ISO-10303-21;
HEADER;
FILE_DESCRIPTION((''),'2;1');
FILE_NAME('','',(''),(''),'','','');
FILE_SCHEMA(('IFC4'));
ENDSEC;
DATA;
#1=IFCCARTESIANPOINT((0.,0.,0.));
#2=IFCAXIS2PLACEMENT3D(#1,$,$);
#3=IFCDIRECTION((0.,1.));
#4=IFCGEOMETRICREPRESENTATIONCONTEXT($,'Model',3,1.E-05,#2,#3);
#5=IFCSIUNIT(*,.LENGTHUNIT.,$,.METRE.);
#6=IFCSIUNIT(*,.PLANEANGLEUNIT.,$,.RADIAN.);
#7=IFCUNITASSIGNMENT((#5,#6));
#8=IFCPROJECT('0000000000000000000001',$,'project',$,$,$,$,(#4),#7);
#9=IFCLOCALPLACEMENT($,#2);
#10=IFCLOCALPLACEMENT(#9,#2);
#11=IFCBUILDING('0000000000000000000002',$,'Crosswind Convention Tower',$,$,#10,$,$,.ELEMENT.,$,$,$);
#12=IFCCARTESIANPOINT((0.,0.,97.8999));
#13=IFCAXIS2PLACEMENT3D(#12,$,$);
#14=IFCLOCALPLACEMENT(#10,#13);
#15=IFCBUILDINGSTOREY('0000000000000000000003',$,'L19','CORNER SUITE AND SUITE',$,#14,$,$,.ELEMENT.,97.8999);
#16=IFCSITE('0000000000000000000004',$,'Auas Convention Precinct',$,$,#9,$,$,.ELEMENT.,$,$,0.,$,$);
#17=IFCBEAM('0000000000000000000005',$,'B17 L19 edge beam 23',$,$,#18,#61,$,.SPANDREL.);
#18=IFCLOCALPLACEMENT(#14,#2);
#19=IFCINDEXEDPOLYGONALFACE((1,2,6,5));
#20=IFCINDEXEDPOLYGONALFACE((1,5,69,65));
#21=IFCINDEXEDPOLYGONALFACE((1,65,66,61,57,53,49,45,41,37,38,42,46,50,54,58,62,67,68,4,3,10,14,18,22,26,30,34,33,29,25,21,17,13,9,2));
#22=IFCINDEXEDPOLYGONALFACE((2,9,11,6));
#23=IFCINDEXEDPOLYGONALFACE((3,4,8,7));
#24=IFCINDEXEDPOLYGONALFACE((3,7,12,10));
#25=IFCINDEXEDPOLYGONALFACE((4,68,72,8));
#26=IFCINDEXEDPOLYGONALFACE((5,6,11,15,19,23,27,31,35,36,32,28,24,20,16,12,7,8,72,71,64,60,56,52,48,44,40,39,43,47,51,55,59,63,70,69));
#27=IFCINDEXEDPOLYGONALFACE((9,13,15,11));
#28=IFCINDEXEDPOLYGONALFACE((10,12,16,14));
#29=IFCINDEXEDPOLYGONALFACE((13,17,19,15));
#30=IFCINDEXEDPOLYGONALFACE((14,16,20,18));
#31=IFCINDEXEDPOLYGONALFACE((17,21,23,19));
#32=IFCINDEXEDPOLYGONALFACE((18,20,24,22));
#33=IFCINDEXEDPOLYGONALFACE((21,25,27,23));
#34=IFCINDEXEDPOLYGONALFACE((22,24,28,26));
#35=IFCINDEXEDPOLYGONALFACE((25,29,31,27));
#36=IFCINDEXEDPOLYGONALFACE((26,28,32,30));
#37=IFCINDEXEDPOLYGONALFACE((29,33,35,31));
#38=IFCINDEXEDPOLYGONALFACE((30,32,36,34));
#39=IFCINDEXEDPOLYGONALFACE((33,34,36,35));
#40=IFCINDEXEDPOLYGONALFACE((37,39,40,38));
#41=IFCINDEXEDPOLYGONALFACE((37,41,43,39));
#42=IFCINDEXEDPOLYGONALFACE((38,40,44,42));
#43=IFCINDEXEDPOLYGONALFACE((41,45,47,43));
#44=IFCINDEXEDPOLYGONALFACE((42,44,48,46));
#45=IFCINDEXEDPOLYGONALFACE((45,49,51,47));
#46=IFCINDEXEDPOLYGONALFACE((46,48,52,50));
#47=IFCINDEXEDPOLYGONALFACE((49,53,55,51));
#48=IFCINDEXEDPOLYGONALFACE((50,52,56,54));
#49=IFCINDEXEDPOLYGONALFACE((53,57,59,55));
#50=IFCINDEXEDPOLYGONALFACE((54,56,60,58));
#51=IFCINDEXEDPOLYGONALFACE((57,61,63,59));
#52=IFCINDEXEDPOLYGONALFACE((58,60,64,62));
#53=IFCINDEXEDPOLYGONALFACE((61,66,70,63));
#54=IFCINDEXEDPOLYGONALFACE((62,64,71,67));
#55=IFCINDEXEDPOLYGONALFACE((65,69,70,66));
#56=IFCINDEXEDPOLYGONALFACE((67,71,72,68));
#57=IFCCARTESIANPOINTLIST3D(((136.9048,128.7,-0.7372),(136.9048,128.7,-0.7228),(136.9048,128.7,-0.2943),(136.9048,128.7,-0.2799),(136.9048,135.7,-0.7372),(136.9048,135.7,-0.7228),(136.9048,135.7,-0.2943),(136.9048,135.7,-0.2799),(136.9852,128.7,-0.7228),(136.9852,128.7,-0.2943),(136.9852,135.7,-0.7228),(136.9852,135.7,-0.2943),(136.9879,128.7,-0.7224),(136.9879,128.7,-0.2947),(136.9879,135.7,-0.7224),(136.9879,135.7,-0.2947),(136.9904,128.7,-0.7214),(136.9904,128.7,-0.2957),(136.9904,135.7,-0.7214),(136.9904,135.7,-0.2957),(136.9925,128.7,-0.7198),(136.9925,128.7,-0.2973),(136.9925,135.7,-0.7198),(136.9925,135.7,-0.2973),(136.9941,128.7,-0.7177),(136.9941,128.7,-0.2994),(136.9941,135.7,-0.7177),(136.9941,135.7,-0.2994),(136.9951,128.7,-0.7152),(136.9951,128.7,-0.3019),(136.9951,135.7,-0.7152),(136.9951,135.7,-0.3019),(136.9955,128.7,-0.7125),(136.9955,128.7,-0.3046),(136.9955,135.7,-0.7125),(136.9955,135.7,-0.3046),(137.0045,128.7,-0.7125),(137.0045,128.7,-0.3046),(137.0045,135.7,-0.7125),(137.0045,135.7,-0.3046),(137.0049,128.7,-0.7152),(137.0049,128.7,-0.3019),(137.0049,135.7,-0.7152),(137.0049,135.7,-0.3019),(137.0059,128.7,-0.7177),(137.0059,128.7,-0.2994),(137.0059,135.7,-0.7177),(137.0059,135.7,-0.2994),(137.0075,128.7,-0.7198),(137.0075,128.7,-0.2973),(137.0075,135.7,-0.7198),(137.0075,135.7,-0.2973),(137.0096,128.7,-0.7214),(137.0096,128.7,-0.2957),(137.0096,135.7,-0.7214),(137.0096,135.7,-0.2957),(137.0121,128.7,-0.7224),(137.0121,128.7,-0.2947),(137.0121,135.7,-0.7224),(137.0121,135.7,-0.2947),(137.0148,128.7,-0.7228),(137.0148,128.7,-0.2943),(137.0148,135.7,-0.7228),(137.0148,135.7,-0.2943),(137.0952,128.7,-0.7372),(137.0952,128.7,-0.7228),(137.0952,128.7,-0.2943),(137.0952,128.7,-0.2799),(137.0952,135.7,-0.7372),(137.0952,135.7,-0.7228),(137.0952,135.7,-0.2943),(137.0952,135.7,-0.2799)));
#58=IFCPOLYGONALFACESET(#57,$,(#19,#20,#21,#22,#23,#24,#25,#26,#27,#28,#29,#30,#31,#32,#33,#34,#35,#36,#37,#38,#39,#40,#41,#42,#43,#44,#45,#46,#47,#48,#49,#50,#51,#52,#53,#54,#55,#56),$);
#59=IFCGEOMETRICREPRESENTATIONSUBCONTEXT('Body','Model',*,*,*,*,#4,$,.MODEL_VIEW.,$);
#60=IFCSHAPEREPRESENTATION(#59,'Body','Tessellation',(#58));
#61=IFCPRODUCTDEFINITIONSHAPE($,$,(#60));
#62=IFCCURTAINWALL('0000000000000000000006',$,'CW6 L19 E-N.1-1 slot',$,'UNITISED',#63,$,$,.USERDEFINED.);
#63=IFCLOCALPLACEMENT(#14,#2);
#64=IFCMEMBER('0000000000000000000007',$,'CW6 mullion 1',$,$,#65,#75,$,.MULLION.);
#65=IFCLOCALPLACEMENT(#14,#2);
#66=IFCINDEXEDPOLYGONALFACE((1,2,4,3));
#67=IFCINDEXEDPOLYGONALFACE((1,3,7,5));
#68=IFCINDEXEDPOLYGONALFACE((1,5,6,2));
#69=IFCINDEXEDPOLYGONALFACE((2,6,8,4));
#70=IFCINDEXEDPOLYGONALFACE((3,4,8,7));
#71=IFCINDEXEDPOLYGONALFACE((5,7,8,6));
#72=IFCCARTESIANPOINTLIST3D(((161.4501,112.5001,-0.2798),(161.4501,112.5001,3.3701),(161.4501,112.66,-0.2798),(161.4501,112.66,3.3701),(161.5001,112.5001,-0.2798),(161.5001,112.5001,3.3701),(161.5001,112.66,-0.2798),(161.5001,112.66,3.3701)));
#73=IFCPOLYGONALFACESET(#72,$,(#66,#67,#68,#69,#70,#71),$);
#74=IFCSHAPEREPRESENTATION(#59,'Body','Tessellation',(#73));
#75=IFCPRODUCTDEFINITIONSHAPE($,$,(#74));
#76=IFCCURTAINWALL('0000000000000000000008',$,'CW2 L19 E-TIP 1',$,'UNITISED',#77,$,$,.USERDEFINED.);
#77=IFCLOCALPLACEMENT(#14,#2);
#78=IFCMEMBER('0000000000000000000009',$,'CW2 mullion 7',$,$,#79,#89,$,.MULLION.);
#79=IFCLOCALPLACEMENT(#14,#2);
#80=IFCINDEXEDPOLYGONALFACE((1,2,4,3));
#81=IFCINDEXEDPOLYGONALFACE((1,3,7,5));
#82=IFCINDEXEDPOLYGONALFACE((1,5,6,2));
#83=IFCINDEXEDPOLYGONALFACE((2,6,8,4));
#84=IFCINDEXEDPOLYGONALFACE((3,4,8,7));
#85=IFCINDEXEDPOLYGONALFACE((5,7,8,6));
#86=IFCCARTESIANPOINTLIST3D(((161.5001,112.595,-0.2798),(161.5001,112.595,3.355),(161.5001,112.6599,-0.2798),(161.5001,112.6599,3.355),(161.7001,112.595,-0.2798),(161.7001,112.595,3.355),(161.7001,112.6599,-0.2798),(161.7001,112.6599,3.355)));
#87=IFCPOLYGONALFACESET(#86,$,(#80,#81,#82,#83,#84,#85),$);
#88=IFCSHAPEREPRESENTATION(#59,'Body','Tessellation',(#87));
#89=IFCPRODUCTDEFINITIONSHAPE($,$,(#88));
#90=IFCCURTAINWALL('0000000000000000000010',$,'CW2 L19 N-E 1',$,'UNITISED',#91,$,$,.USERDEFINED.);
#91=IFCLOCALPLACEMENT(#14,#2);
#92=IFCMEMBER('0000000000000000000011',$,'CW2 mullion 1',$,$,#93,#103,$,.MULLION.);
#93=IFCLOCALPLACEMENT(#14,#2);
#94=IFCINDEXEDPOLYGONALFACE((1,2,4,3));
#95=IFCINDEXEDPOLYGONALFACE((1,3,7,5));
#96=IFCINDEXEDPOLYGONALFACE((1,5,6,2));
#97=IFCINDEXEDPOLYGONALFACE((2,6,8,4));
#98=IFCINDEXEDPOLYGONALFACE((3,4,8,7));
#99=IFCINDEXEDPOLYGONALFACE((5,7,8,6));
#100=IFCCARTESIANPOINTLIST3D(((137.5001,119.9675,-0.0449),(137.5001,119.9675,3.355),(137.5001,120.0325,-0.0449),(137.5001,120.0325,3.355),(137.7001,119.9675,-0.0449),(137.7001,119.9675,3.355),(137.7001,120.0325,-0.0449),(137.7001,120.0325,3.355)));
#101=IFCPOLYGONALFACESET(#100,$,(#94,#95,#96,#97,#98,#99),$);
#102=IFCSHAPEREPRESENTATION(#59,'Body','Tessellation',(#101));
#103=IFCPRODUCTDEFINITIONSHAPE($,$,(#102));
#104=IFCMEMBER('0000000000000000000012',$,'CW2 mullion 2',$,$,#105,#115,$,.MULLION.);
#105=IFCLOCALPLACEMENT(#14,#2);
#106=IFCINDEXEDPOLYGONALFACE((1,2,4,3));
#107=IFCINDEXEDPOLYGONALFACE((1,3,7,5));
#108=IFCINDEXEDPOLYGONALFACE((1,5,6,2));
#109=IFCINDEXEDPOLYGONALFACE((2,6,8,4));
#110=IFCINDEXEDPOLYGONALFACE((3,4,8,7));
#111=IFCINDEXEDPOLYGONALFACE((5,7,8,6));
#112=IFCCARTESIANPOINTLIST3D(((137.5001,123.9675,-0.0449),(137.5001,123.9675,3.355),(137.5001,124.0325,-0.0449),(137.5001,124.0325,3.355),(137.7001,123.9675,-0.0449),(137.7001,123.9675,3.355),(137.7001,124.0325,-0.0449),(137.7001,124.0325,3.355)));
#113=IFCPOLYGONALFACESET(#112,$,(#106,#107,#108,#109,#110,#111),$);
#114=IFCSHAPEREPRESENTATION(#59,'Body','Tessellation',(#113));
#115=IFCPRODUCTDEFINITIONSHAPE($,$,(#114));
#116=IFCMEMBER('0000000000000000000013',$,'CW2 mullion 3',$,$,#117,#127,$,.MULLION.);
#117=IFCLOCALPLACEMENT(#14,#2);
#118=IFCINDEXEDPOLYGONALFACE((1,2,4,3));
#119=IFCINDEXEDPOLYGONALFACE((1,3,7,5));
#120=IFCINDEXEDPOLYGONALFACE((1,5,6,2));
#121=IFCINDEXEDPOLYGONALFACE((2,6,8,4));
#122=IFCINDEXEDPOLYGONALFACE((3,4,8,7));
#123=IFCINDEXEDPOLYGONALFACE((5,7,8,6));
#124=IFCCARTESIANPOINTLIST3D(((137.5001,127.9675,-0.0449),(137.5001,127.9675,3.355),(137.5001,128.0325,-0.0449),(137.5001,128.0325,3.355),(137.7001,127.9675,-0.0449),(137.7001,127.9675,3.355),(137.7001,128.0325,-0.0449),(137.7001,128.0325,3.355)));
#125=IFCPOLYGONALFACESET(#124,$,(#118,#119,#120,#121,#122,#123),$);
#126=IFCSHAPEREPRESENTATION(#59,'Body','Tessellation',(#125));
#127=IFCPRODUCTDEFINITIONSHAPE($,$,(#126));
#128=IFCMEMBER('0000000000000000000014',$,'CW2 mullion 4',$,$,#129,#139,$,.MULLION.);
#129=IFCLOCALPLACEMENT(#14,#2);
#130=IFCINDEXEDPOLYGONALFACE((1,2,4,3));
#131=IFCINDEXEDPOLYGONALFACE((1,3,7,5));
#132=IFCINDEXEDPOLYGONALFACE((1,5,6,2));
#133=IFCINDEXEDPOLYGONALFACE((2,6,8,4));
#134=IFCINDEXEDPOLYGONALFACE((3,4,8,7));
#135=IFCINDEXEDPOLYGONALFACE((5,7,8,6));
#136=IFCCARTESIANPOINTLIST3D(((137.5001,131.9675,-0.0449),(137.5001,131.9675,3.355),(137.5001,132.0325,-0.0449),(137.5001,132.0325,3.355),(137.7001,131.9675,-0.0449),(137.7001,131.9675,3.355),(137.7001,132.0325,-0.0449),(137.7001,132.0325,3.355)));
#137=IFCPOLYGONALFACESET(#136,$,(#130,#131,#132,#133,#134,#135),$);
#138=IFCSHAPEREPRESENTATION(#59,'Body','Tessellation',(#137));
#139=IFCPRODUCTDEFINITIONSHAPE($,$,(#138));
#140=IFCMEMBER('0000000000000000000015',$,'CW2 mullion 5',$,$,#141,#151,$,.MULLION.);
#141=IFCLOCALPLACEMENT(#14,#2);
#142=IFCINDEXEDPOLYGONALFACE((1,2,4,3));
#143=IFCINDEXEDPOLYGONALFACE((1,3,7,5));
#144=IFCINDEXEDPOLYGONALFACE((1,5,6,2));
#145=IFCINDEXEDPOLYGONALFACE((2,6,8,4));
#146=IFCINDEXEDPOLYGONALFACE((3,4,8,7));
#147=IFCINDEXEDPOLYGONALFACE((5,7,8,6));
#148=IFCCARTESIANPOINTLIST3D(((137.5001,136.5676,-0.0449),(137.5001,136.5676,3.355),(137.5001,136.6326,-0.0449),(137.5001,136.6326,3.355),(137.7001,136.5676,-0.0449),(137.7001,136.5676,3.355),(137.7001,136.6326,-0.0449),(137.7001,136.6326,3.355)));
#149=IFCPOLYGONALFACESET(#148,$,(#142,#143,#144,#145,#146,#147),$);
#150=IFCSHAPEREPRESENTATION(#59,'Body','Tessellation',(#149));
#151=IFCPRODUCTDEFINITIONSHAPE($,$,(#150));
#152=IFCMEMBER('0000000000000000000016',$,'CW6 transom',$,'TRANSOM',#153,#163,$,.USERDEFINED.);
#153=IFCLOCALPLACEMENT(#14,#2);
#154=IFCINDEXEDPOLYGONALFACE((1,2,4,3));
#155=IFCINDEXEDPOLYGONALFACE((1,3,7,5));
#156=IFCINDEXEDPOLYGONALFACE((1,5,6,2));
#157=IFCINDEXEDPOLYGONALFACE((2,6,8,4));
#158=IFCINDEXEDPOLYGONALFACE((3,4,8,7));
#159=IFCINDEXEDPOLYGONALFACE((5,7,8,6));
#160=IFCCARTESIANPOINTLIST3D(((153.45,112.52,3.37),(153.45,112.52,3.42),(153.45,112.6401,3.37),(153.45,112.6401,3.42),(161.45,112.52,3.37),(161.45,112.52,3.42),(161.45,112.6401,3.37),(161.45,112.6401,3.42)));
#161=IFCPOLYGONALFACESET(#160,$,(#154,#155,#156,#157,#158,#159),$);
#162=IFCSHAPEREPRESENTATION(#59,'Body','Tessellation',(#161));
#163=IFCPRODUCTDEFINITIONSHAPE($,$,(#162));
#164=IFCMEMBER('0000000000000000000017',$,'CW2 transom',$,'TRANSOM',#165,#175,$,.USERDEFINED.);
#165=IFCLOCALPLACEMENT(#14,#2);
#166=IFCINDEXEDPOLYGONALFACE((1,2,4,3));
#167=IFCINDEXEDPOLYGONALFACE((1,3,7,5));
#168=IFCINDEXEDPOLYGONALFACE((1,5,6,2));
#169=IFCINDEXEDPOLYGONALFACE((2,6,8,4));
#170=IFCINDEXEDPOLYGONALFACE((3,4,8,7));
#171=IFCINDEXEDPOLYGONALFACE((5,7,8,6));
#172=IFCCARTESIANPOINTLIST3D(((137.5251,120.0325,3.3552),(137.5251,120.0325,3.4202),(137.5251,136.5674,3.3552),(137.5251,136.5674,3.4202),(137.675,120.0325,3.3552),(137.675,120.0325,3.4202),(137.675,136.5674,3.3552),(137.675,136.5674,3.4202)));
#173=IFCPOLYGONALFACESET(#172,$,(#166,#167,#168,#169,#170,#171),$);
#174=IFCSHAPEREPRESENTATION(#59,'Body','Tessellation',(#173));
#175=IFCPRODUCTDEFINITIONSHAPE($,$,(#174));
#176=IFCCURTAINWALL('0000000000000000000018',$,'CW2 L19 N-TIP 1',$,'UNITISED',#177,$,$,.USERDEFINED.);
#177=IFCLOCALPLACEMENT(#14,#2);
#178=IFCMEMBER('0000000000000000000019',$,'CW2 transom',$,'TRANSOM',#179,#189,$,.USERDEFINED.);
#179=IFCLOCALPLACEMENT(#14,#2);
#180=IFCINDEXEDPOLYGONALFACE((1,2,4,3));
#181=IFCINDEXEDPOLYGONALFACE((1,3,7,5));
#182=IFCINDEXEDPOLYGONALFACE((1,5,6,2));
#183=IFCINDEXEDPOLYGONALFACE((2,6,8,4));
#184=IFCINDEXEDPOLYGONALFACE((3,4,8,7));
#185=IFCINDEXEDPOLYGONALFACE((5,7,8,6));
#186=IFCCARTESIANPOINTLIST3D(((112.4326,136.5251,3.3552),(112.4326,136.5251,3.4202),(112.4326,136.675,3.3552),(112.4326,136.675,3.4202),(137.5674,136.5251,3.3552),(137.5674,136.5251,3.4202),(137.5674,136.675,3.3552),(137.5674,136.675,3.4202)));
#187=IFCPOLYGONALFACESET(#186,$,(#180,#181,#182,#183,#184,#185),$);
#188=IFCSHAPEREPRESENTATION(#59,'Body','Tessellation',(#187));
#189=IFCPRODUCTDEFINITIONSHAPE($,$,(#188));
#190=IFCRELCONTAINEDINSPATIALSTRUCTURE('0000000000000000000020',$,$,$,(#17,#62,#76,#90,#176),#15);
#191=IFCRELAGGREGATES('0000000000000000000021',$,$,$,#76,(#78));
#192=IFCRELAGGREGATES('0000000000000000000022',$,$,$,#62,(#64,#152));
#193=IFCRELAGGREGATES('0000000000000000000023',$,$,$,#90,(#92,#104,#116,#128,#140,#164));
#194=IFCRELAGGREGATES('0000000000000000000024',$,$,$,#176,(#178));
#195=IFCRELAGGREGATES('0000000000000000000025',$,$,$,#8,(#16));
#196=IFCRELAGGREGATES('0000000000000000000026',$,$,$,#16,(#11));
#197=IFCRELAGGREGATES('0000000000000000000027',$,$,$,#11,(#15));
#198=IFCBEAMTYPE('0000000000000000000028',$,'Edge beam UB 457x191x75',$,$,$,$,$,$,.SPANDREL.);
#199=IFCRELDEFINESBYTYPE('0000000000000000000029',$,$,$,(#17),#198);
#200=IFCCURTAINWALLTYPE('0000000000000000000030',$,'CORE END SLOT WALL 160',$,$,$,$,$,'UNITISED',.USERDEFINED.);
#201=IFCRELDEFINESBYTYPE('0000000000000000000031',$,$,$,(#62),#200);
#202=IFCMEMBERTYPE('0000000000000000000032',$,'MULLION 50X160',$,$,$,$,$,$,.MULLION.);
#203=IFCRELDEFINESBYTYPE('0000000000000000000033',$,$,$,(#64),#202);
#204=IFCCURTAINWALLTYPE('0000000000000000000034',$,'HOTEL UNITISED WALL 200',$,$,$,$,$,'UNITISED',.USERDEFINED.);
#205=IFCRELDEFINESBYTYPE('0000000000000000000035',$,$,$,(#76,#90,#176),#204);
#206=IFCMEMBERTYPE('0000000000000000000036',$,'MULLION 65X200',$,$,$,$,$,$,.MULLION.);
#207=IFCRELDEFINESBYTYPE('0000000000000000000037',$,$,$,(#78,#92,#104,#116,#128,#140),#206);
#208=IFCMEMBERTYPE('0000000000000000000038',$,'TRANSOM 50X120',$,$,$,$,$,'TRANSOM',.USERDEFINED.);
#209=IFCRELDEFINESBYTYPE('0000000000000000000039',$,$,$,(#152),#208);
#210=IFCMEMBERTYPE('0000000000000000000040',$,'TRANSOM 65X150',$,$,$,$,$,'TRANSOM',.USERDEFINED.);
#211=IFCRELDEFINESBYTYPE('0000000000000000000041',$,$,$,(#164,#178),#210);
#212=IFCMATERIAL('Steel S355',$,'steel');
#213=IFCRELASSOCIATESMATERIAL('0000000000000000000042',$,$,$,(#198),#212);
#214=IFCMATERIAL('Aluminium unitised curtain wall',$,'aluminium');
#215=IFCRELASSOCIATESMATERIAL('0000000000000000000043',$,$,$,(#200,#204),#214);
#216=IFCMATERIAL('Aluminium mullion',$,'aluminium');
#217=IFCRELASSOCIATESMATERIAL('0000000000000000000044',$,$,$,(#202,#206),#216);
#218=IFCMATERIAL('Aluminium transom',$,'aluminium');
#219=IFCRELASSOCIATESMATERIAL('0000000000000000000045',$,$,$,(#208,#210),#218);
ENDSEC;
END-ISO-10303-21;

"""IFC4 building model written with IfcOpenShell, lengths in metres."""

from ifc_helpers import new_model, si_unit, direction, frame, origin, origin_2d, place, context, subcontext, project, spatial, rectangle, i_section, extrude, material, material_profile, profile_set, type_object, element, aggregate, save


model = new_model("IFC4")

# Units and contexts
model_context = context("Model", 3, precision=1e-05, world=origin(), true_north=direction((0.0, 1.0)))
body_context = subcontext(model_context, "Body", "Model", "MODEL_VIEW")
ifc_project = project(units=[si_unit("LENGTHUNIT", "METRE"), si_unit("PLANEANGLEUNIT", "RADIAN")], contexts=[model_context])

# Site, building, storey
site_placement = place(None, origin())
site = spatial("IfcSite", under=ifc_project, at=site_placement, Name="Auas Convention Precinct", CompositionType="ELEMENT", RefElevation=0.0)
building_placement = place(site_placement, origin())
building = spatial("IfcBuilding", under=site, at=building_placement, Name="Crosswind Convention Tower", CompositionType="ELEMENT")
storey_placement = place(building_placement, frame((0.0, 0.0, 97.8999)))
storey = spatial("IfcBuildingStorey", under=building, at=storey_placement, Name="L19", Description="CORNER SUITE AND SUITE", CompositionType="ELEMENT", Elevation=97.8999)

# Beam
ifc_material_1 = material(Name="Steel S355", Category="steel")
ifc_material_profile_1 = material_profile(ifc_material_1, i_section(OverallWidth=0.1904, OverallDepth=0.4573, WebThickness=0.009, FlangeThickness=0.0144, FilletRadius=0.0103, at=origin_2d()), Name="UB 457x191x75")
ifc_profile_set_1 = profile_set([ifc_material_profile_1], Name="Steel S355")
beam_type_1 = type_object("IfcBeamType", Name="Edge beam UB 457x191x75", PredefinedType="SPANDREL", material=ifc_profile_set_1)
beam_1_placement = place(storey_placement, frame((137.0, 128.7, -0.5085), z_axis=(0.0, 1.0, 0.0), x_axis=(-1.0, 0.0, 0.0)))
element("IfcBeam", 1, at=beam_1_placement, inside=storey, type_object=beam_type_1, Name="B17 L19 edge beam 23", PredefinedType="SPANDREL", context=body_context, shape_type="SweptSolid", body=[
    extrude(i_section(OverallWidth=0.1904, OverallDepth=0.4573, WebThickness=0.009, FlangeThickness=0.0144, FilletRadius=0.0103, at=origin_2d()), origin(), (0.0, 0.0, 1.0), 7.0),
])

# Curtain walls, members
ifc_material_2 = material(Name="Aluminium unitised curtain wall", Category="aluminium")
curtain_wall_type_1 = type_object("IfcCurtainWallType", Name="CORE END SLOT WALL 160", ElementType="UNITISED", PredefinedType="USERDEFINED", material=ifc_material_2)
curtain_wall_1_placement = place(storey_placement, origin())
curtain_wall_1 = element("IfcCurtainWall", 2, at=curtain_wall_1_placement, inside=storey, type_object=curtain_wall_type_1, Name="CW6 L19 E-N.1-1 slot", ObjectType="UNITISED", PredefinedType="USERDEFINED")
ifc_material_3 = material(Name="Aluminium mullion", Category="aluminium")
ifc_material_profile_2 = material_profile(ifc_material_3, rectangle(XDim=0.1599, YDim=0.05, at=origin_2d()), Name="AL 160X50")
ifc_profile_set_2 = profile_set([ifc_material_profile_2], Name="Aluminium mullion")
member_type_1 = type_object("IfcMemberType", Name="MULLION 50X160", PredefinedType="MULLION", material=ifc_profile_set_2)
member_1_placement = place(storey_placement, frame((161.4751, 112.5801, -0.2798), z_axis=(0.0, 0.0, 1.0), x_axis=(0.0, 1.0, 0.0)))
member_1 = element("IfcMember", 3, at=member_1_placement, type_object=member_type_1, Name="CW6 mullion 1", PredefinedType="MULLION", context=body_context, shape_type="SweptSolid", body=[
    extrude(rectangle(XDim=0.1599, YDim=0.05, at=origin_2d()), origin(), (0.0, 0.0, 1.0), 3.6499),
])
curtain_wall_type_2 = type_object("IfcCurtainWallType", Name="HOTEL UNITISED WALL 200", ElementType="UNITISED", PredefinedType="USERDEFINED", material=ifc_material_2)
curtain_wall_2_placement = place(storey_placement, origin())
curtain_wall_2 = element("IfcCurtainWall", 4, at=curtain_wall_2_placement, inside=storey, type_object=curtain_wall_type_2, Name="CW2 L19 E-TIP 1", ObjectType="UNITISED", PredefinedType="USERDEFINED")
ifc_material_profile_3 = material_profile(ifc_material_3, rectangle(XDim=0.2, YDim=0.0649, at=origin_2d()), Name="AL 200X65")
ifc_profile_set_3 = profile_set([ifc_material_profile_3], Name="Aluminium mullion")
member_type_2 = type_object("IfcMemberType", Name="MULLION 65X200", PredefinedType="MULLION", material=ifc_profile_set_3)
member_2_placement = place(storey_placement, frame((161.6001, 112.6274, -0.2798), z_axis=(0.0, 0.0, 1.0), x_axis=(1.0, 0.0, 0.0)))
member_2 = element("IfcMember", 5, at=member_2_placement, type_object=member_type_2, Name="CW2 mullion 7", PredefinedType="MULLION", context=body_context, shape_type="SweptSolid", body=[
    extrude(rectangle(XDim=0.2, YDim=0.0649, at=origin_2d()), origin(), (0.0, 0.0, 1.0), 3.6348),
])
aggregate(curtain_wall_2, [member_2])

# Curtain wall, members
curtain_wall_3_placement = place(storey_placement, origin())
curtain_wall_3 = element("IfcCurtainWall", 6, at=curtain_wall_3_placement, inside=storey, type_object=curtain_wall_type_2, Name="CW2 L19 N-E 1", ObjectType="UNITISED", PredefinedType="USERDEFINED")
member_3_placement = place(storey_placement, frame((137.6001, 120.0, -0.0449), z_axis=(0.0, 0.0, 1.0), x_axis=(1.0, 0.0, 0.0)))
member_3 = element("IfcMember", 7, at=member_3_placement, type_object=member_type_2, Name="CW2 mullion 1", PredefinedType="MULLION", context=body_context, shape_type="SweptSolid", body=[
    extrude(rectangle(XDim=0.2, YDim=0.0649, at=origin_2d()), origin(), (0.0, 0.0, 1.0), 3.3999),
])
member_4_placement = place(storey_placement, frame((137.6001, 124.0, -0.0449), z_axis=(0.0, 0.0, 1.0), x_axis=(1.0, 0.0, 0.0)))
member_4 = element("IfcMember", 8, at=member_4_placement, type_object=member_type_2, Name="CW2 mullion 2", PredefinedType="MULLION", context=body_context, shape_type="SweptSolid", body=[
    extrude(rectangle(XDim=0.2, YDim=0.0649, at=origin_2d()), origin(), (0.0, 0.0, 1.0), 3.3999),
])
member_5_placement = place(storey_placement, frame((137.6001, 128.0, -0.0449), z_axis=(0.0, 0.0, 1.0), x_axis=(1.0, 0.0, 0.0)))
member_5 = element("IfcMember", 9, at=member_5_placement, type_object=member_type_2, Name="CW2 mullion 3", PredefinedType="MULLION", context=body_context, shape_type="SweptSolid", body=[
    extrude(rectangle(XDim=0.2, YDim=0.0649, at=origin_2d()), origin(), (0.0, 0.0, 1.0), 3.3999),
])
member_6_placement = place(storey_placement, frame((137.6001, 132.0, -0.0449), z_axis=(0.0, 0.0, 1.0), x_axis=(1.0, 0.0, 0.0)))
member_6 = element("IfcMember", 10, at=member_6_placement, type_object=member_type_2, Name="CW2 mullion 4", PredefinedType="MULLION", context=body_context, shape_type="SweptSolid", body=[
    extrude(rectangle(XDim=0.2, YDim=0.0649, at=origin_2d()), origin(), (0.0, 0.0, 1.0), 3.3999),
])
member_7_placement = place(storey_placement, frame((137.6001, 136.6001, -0.0449), z_axis=(0.0, 0.0, 1.0), x_axis=(1.0, 0.0, 0.0)))
member_7 = element("IfcMember", 11, at=member_7_placement, type_object=member_type_2, Name="CW2 mullion 5", PredefinedType="MULLION", context=body_context, shape_type="SweptSolid", body=[
    extrude(rectangle(XDim=0.2, YDim=0.0649, at=origin_2d()), origin(), (0.0, 0.0, 1.0), 3.3999),
])

# Members
ifc_material_4 = material(Name="Aluminium transom", Category="aluminium")
ifc_material_profile_4 = material_profile(ifc_material_4, rectangle(XDim=0.1201, YDim=0.05, at=origin_2d()), Name="AL 120X50")
ifc_profile_set_4 = profile_set([ifc_material_profile_4], Name="Aluminium transom")
member_type_3 = type_object("IfcMemberType", Name="TRANSOM 50X120", ElementType="TRANSOM", PredefinedType="USERDEFINED", material=ifc_profile_set_4)
member_8_placement = place(storey_placement, frame((161.45, 112.5801, 3.395), z_axis=(-1.0, 0.0, 0.0), x_axis=(0.0, -1.0, 0.0)))
member_8 = element("IfcMember", 12, at=member_8_placement, type_object=member_type_3, Name="CW6 transom", ObjectType="TRANSOM", PredefinedType="USERDEFINED", context=body_context, shape_type="SweptSolid", body=[
    extrude(rectangle(XDim=0.1201, YDim=0.05, at=origin_2d()), origin(), (0.0, 0.0, 1.0), 8.0),
])
ifc_material_profile_5 = material_profile(ifc_material_4, rectangle(XDim=0.1499, YDim=0.0649, at=origin_2d()), Name="AL 150X65")
ifc_profile_set_5 = profile_set([ifc_material_profile_5], Name="Aluminium transom")
member_type_4 = type_object("IfcMemberType", Name="TRANSOM 65X150", ElementType="TRANSOM", PredefinedType="USERDEFINED", material=ifc_profile_set_5)
member_9_placement = place(storey_placement, frame((137.6001, 120.0325, 3.3877), z_axis=(0.0, 1.0, 0.0), x_axis=(-1.0, 0.0, 0.0)))
member_9 = element("IfcMember", 13, at=member_9_placement, type_object=member_type_4, Name="CW2 transom", ObjectType="TRANSOM", PredefinedType="USERDEFINED", context=body_context, shape_type="SweptSolid", body=[
    extrude(rectangle(XDim=0.1499, YDim=0.0649, at=origin_2d()), origin(), (0.0, 0.0, 1.0), 16.5349),
])

# Curtain wall, member
curtain_wall_4_placement = place(storey_placement, origin())
curtain_wall_4 = element("IfcCurtainWall", 14, at=curtain_wall_4_placement, inside=storey, type_object=curtain_wall_type_2, Name="CW2 L19 N-TIP 1", ObjectType="UNITISED", PredefinedType="USERDEFINED")
member_10_placement = place(storey_placement, frame((137.5674, 136.6001, 3.3877), z_axis=(-1.0, 0.0, 0.0), x_axis=(0.0, -1.0, 0.0)))
member_10 = element("IfcMember", 15, at=member_10_placement, type_object=member_type_4, Name="CW2 transom", ObjectType="TRANSOM", PredefinedType="USERDEFINED", context=body_context, shape_type="SweptSolid", body=[
    extrude(rectangle(XDim=0.1499, YDim=0.0649, at=origin_2d()), origin(), (0.0, 0.0, 1.0), 25.1348),
])

aggregate(curtain_wall_1, [member_1, member_8])

aggregate(curtain_wall_3, [member_3, member_4, member_5, member_6, member_7, member_9])
aggregate(curtain_wall_4, [member_10])

save(model, "model.ifc")
